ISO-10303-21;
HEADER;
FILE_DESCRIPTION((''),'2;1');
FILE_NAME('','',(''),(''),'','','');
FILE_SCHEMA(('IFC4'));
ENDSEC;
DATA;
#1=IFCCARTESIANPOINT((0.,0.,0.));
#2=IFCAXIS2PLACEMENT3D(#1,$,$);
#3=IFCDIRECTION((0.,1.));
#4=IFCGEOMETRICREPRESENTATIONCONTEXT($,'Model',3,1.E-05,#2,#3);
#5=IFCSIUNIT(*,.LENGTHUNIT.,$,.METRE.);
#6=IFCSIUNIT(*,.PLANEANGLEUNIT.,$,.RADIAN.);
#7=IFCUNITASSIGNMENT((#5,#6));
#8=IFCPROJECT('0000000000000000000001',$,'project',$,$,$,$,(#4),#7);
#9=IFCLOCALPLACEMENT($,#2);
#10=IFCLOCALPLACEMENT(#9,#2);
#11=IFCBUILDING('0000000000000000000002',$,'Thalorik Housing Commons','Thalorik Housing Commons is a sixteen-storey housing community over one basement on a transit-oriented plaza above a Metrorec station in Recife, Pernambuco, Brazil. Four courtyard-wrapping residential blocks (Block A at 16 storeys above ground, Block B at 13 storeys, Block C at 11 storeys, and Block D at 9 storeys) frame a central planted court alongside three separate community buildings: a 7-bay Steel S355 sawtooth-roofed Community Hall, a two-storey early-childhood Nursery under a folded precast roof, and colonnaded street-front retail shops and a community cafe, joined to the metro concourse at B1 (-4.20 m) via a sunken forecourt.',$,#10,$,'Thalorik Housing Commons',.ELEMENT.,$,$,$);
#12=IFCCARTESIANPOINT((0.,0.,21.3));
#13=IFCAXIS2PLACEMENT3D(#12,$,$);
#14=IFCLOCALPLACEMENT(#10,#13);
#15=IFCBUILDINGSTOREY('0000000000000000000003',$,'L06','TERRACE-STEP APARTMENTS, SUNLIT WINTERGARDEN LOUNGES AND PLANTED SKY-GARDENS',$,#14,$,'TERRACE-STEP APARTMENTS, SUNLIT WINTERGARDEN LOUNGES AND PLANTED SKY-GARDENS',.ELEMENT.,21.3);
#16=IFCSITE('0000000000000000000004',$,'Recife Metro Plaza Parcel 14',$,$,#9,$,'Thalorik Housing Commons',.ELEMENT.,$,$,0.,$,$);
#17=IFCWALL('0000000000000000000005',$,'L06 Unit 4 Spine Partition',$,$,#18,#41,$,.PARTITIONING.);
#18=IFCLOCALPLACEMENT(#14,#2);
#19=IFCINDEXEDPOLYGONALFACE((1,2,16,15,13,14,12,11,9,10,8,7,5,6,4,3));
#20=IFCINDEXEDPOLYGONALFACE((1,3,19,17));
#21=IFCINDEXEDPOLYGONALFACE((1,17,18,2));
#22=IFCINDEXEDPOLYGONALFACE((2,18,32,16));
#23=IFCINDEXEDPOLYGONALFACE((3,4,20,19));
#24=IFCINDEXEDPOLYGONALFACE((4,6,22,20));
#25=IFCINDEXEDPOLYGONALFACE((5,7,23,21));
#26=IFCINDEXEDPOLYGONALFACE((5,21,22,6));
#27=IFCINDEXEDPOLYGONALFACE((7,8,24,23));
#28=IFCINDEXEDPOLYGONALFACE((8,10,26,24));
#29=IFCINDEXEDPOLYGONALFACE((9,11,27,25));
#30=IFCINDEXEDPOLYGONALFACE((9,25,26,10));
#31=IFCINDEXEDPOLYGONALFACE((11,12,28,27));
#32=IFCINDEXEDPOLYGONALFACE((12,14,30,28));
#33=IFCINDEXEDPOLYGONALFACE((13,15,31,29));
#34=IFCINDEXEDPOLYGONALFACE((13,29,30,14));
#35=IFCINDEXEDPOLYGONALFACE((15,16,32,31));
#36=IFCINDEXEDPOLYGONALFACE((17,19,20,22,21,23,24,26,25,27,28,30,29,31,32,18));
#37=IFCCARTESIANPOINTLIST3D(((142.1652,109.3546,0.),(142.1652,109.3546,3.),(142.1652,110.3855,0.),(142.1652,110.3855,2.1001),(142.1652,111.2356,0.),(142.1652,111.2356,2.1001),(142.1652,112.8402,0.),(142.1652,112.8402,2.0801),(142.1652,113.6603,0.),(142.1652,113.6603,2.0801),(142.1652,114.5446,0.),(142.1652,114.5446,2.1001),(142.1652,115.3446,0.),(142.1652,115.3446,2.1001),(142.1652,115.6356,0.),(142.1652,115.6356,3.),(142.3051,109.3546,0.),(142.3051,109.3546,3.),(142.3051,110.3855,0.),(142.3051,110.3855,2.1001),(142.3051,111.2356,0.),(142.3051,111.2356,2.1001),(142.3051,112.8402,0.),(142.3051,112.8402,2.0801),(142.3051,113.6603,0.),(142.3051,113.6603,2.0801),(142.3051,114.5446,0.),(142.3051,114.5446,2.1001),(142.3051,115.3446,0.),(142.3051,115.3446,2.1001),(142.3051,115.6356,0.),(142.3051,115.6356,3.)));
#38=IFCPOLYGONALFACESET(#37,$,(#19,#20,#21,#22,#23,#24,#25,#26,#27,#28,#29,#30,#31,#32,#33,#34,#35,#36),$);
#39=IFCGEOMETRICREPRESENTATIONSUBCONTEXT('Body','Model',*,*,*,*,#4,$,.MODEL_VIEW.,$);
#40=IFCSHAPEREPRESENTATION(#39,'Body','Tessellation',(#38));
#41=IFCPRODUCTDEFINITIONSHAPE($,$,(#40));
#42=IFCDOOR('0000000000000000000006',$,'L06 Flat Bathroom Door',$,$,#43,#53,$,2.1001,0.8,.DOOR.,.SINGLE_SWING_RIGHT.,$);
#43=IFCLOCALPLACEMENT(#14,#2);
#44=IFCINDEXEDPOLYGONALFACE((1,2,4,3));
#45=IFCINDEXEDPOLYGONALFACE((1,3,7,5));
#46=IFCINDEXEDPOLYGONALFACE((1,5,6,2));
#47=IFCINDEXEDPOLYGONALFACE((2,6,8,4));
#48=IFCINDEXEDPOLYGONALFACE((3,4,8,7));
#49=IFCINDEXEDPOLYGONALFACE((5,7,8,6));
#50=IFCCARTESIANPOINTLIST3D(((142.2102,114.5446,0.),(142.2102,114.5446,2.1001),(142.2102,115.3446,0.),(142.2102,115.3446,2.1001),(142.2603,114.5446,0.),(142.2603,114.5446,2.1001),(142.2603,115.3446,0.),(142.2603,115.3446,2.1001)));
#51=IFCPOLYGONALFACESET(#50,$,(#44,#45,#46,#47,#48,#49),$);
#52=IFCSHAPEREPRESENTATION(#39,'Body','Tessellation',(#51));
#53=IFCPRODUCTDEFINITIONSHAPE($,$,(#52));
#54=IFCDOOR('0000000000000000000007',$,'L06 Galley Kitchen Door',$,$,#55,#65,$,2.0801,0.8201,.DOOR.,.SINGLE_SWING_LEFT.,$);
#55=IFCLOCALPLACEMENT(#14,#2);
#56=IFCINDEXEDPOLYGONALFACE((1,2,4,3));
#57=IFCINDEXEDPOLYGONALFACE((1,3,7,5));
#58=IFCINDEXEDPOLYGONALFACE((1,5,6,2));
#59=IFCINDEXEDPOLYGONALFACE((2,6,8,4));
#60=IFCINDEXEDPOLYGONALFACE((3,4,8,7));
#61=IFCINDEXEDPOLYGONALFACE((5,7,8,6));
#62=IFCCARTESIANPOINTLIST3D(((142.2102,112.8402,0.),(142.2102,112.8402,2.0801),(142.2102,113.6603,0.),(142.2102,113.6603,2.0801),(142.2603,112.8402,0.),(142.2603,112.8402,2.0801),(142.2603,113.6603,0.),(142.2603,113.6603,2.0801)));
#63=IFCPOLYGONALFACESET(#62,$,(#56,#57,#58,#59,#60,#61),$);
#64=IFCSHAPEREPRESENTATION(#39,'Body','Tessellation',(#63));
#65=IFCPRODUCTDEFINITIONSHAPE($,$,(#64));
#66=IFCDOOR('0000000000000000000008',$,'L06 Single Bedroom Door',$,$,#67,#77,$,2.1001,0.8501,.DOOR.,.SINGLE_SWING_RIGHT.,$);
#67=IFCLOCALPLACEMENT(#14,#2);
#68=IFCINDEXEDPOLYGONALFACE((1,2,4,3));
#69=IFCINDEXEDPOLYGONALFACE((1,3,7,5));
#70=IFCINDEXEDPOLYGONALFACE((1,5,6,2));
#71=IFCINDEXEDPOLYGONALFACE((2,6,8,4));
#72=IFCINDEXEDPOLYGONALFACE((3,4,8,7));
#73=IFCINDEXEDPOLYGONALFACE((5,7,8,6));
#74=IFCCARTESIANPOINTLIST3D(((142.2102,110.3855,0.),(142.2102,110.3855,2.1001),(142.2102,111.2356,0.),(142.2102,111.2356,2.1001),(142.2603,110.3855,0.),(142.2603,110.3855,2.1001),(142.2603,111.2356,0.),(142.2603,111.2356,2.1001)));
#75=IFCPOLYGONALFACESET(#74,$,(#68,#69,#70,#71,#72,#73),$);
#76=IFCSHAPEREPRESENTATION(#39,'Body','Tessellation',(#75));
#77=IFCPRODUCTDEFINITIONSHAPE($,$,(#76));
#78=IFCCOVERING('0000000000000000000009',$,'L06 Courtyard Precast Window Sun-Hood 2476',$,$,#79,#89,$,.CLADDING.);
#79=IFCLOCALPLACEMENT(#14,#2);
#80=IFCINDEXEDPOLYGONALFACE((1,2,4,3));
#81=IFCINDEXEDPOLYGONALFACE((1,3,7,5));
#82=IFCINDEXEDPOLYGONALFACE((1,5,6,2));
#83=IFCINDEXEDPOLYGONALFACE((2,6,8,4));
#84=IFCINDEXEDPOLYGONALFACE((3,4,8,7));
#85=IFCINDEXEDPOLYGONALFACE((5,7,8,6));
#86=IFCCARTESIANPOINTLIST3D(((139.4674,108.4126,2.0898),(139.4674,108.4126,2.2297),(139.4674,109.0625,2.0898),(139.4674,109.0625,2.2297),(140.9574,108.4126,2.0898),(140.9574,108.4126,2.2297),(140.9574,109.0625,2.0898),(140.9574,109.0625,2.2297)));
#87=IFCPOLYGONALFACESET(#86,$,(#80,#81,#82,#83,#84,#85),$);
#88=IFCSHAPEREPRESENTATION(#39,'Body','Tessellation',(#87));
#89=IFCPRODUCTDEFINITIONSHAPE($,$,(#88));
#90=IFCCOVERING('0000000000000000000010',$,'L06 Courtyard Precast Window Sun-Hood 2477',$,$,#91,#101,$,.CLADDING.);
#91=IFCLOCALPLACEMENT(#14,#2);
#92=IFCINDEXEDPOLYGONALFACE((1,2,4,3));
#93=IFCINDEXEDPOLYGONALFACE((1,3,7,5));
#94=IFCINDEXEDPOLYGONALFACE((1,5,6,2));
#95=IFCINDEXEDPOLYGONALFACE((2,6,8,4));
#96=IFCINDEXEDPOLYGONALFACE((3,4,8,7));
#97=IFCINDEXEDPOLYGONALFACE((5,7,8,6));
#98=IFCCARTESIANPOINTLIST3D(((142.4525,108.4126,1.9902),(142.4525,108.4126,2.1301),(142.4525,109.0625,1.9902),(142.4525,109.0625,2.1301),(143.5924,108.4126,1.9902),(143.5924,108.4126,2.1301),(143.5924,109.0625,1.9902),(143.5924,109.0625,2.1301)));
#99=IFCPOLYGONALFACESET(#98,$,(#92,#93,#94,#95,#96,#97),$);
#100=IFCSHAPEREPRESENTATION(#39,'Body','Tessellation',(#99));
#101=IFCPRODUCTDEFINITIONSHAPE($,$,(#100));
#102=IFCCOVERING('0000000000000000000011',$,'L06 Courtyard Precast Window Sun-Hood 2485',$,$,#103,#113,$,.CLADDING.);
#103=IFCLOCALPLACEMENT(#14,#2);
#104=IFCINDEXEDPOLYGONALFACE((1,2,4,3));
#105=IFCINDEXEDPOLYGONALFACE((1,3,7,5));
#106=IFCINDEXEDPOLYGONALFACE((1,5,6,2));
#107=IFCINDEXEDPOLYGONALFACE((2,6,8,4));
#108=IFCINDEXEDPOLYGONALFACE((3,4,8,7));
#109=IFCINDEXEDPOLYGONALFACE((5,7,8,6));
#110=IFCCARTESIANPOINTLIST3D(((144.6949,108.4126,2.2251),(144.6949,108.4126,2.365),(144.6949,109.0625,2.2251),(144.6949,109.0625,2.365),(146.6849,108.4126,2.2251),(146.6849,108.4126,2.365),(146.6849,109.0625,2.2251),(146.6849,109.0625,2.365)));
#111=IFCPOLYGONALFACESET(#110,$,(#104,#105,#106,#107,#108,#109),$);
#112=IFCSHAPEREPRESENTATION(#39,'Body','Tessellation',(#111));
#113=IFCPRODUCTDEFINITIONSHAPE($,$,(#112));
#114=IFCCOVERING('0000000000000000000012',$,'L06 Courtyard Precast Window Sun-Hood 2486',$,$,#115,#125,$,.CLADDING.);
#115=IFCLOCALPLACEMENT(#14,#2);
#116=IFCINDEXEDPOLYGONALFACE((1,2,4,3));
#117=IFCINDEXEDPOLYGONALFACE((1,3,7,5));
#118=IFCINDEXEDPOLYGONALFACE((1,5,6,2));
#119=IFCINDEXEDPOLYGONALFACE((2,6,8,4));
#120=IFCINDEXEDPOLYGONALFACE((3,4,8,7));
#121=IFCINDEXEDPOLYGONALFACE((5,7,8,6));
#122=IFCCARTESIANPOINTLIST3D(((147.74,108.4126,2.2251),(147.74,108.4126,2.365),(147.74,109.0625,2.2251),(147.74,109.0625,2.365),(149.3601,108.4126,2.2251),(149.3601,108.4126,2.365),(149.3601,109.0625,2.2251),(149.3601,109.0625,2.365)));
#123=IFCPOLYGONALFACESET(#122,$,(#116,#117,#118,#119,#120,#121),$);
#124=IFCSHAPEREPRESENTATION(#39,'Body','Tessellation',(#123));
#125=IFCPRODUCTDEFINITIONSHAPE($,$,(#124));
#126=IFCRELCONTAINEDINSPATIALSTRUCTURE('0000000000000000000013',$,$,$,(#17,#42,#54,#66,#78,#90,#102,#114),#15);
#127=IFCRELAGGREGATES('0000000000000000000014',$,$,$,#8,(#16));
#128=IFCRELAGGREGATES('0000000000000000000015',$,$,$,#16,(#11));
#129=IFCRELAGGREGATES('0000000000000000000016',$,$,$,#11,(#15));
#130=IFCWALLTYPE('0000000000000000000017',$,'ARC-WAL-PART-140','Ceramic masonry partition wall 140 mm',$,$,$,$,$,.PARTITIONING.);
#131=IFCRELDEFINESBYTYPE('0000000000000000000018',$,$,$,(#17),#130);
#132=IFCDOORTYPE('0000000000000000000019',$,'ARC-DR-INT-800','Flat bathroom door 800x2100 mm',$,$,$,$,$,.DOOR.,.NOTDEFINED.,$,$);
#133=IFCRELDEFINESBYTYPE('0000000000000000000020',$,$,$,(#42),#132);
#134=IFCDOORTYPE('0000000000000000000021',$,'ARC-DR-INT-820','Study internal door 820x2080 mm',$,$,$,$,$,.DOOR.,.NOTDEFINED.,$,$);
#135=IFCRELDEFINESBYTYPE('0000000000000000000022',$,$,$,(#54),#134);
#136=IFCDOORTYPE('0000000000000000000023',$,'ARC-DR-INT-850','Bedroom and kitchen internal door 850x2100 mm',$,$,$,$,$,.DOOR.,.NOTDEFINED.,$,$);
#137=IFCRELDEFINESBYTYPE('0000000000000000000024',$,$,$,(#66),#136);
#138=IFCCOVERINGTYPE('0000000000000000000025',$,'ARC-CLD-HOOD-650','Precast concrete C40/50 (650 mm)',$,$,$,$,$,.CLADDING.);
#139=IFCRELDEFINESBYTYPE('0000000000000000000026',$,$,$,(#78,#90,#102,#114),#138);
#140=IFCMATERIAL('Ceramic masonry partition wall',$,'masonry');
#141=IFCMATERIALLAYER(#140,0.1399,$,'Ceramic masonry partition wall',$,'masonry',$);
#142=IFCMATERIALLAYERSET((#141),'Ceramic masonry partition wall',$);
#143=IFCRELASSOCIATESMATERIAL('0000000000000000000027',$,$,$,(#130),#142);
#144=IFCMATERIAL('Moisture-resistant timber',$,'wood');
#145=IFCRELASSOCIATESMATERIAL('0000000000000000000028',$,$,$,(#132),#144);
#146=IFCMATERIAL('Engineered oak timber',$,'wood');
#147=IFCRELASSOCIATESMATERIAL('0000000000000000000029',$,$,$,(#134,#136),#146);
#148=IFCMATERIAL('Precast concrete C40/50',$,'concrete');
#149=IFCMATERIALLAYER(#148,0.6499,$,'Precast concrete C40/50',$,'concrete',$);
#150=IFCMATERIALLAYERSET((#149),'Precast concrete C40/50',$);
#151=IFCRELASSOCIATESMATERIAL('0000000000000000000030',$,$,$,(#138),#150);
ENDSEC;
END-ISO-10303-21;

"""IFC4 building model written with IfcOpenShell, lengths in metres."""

from ifc_helpers import new_model, si_unit, direction, frame, frame_2d, origin, origin_2d, place, context, subcontext, project, spatial, rectangle, extrude, material, layer, layer_set, type_object, element, fill, save


model = new_model("IFC4")

# Units and contexts
model_context = context("Model", 3, precision=1e-05, world=origin(), true_north=direction((0.0, 1.0)))
body_context = subcontext(model_context, "Body", "Model", "MODEL_VIEW")
ifc_project = project(units=[si_unit("LENGTHUNIT", "METRE"), si_unit("PLANEANGLEUNIT", "RADIAN")], contexts=[model_context])

# Site, building, storey
site_placement = place(None, origin())
site = spatial("IfcSite", under=ifc_project, at=site_placement, Name="Recife Metro Plaza Parcel 14", LongName="Thalorik Housing Commons", CompositionType="ELEMENT", RefElevation=0.0)
building_placement = place(site_placement, origin())
building = spatial("IfcBuilding", under=site, at=building_placement, Name="Thalorik Housing Commons", Description="Thalorik Housing Commons is a sixteen-storey housing community over one basement on a transit-oriented plaza above a Metrorec station in Recife, Pernambuco, Brazil. Four courtyard-wrapping residential blocks (Block A at 16 storeys above ground, Block B at 13 storeys, Block C at 11 storeys, and Block D at 9 storeys) frame a central planted court alongside three separate community buildings: a 7-bay Steel S355 sawtooth-roofed Community Hall, a two-storey early-childhood Nursery under a folded precast roof, and colonnaded street-front retail shops and a community cafe, joined to the metro concourse at B1 (-4.20 m) via a sunken forecourt.", LongName="Thalorik Housing Commons", CompositionType="ELEMENT")
storey_placement = place(building_placement, frame((0.0, 0.0, 21.3)))
storey = spatial("IfcBuildingStorey", under=building, at=storey_placement, Name="L06", Description="TERRACE-STEP APARTMENTS, SUNLIT WINTERGARDEN LOUNGES AND PLANTED SKY-GARDENS", LongName="TERRACE-STEP APARTMENTS, SUNLIT WINTERGARDEN LOUNGES AND PLANTED SKY-GARDENS", CompositionType="ELEMENT", Elevation=21.3)

# Shared definitions
ifc_material_1 = material(Name="Precast concrete C40/50", Category="concrete")

# Wall, openings, doors
ifc_material_2 = material(Name="Ceramic masonry partition wall", Category="masonry")
ifc_layer_1 = layer(ifc_material_2, 0.1399, Name="Ceramic masonry partition wall", Category="masonry")
ifc_layer_set_1 = layer_set([ifc_layer_1], Name="Ceramic masonry partition wall")
wall_type_1 = type_object("IfcWallType", Name="ARC-WAL-PART-140", Description="Ceramic masonry partition wall 140 mm", PredefinedType="PARTITIONING", material=ifc_layer_set_1)
wall_1_placement = place(storey_placement, frame((142.2351, 109.3545, 0.0), z_axis=(0.0, 0.0, 1.0), x_axis=(0.0, 1.0, 0.0)))
wall_1 = element("IfcWall", 1, at=wall_1_placement, inside=storey, type_object=wall_type_1, Name="L06 Unit 4 Spine Partition", PredefinedType="PARTITIONING", context=body_context, shape_type="SweptSolid", body=[
    extrude(rectangle(XDim=6.281, YDim=0.1399, at=frame_2d((3.1406, 0.0))), origin(), (0.0, 0.0, 1.0), 3.0),
])
opening_1_placement = place(wall_1_placement, frame((1.031, 0.0, 0.0)))
opening_1 = element("IfcOpeningElement", 2, at=opening_1_placement, cuts=wall_1, PredefinedType="OPENING", context=body_context, shape_type="SweptSolid", body=[
    extrude(rectangle(XDim=0.8501, YDim=2.1001, at=frame_2d((0.425, 1.05))), frame((0.0, 0.0801, 0.0), z_axis=(0.0, -1.0, 0.0), x_axis=(1.0, 0.0, 0.0)), (0.0, 0.0, 1.0), 0.1599),
])
opening_2_placement = place(wall_1_placement, frame((3.4856, 0.0, 0.0)))
opening_2 = element("IfcOpeningElement", 3, at=opening_2_placement, cuts=wall_1, PredefinedType="OPENING", context=body_context, shape_type="SweptSolid", body=[
    extrude(rectangle(XDim=0.8201, YDim=2.0801, at=frame_2d((0.4102, 1.04))), frame((0.0, 0.0801, 0.0), z_axis=(0.0, -1.0, 0.0), x_axis=(1.0, 0.0, 0.0)), (0.0, 0.0, 1.0), 0.1599),
])
opening_3_placement = place(wall_1_placement, frame((5.1902, 0.0, 0.0)))
opening_3 = element("IfcOpeningElement", 4, at=opening_3_placement, cuts=wall_1, PredefinedType="OPENING", context=body_context, shape_type="SweptSolid", body=[
    extrude(rectangle(XDim=0.8, YDim=2.1001, at=frame_2d((0.3999, 1.05))), frame((0.0, 0.0801, 0.0), z_axis=(0.0, -1.0, 0.0), x_axis=(1.0, 0.0, 0.0)), (0.0, 0.0, 1.0), 0.1599),
])
ifc_material_3 = material(Name="Moisture-resistant timber", Category="wood")
door_type_1 = type_object("IfcDoorType", Name="ARC-DR-INT-800", Description="Flat bathroom door 800x2100 mm", OperationType="NOTDEFINED", PredefinedType="DOOR", material=ifc_material_3)
door_1_placement = place(opening_3_placement, origin())
door_1 = element("IfcDoor", 5, at=door_1_placement, inside=storey, type_object=door_type_1, Name="L06 Flat Bathroom Door", OperationType="SINGLE_SWING_RIGHT", OverallHeight=2.1001, OverallWidth=0.8, PredefinedType="DOOR", context=body_context, shape_type="SweptSolid", body=[
    extrude(rectangle(XDim=0.8, YDim=2.1001, at=frame_2d((0.3999, 1.05))), frame((0.0, 0.0249, 0.0), z_axis=(0.0, -1.0, 0.0), x_axis=(1.0, 0.0, 0.0)), (0.0, 0.0, 1.0), 0.05),
])
fill(opening_3, door_1)
ifc_material_4 = material(Name="Engineered oak timber", Category="wood")
door_type_2 = type_object("IfcDoorType", Name="ARC-DR-INT-820", Description="Study internal door 820x2080 mm", OperationType="NOTDEFINED", PredefinedType="DOOR", material=ifc_material_4)
door_2_placement = place(opening_2_placement, origin())
door_2 = element("IfcDoor", 6, at=door_2_placement, inside=storey, type_object=door_type_2, Name="L06 Galley Kitchen Door", OperationType="SINGLE_SWING_LEFT", OverallHeight=2.0801, OverallWidth=0.8201, PredefinedType="DOOR", context=body_context, shape_type="SweptSolid", body=[
    extrude(rectangle(XDim=0.8201, YDim=2.0801, at=frame_2d((0.4102, 1.04))), frame((0.0, 0.0249, 0.0), z_axis=(0.0, -1.0, 0.0), x_axis=(1.0, 0.0, 0.0)), (0.0, 0.0, 1.0), 0.05),
])
fill(opening_2, door_2)
door_type_3 = type_object("IfcDoorType", Name="ARC-DR-INT-850", Description="Bedroom and kitchen internal door 850x2100 mm", OperationType="NOTDEFINED", PredefinedType="DOOR", material=ifc_material_4)
door_3_placement = place(opening_1_placement, origin())
door_3 = element("IfcDoor", 7, at=door_3_placement, inside=storey, type_object=door_type_3, Name="L06 Single Bedroom Door", OperationType="SINGLE_SWING_RIGHT", OverallHeight=2.1001, OverallWidth=0.8501, PredefinedType="DOOR", context=body_context, shape_type="SweptSolid", body=[
    extrude(rectangle(XDim=0.8501, YDim=2.1001, at=frame_2d((0.425, 1.05))), frame((0.0, 0.0249, 0.0), z_axis=(0.0, -1.0, 0.0), x_axis=(1.0, 0.0, 0.0)), (0.0, 0.0, 1.0), 0.05),
])
fill(opening_1, door_3)

# Coverings
ifc_layer_2 = layer(ifc_material_1, 0.6499, Name="Precast concrete C40/50", Category="concrete")
ifc_layer_set_2 = layer_set([ifc_layer_2], Name="Precast concrete C40/50")
covering_type = type_object("IfcCoveringType", Name="ARC-CLD-HOOD-650", Description="Precast concrete C40/50 (650 mm)", PredefinedType="CLADDING", material=ifc_layer_set_2)
covering_1_placement = place(storey_placement, frame((140.2124, 108.7375, 2.0898), z_axis=(0.0, 0.0, 1.0), x_axis=(1.0, 0.0, 0.0)))
element("IfcCovering", 8, at=covering_1_placement, inside=storey, type_object=covering_type, Name="L06 Courtyard Precast Window Sun-Hood 2476", PredefinedType="CLADDING", context=body_context, shape_type="SweptSolid", body=[
    extrude(rectangle(XDim=1.49, YDim=0.6499, at=origin_2d()), origin(), (0.0, 0.0, 1.0), 0.1399),
])
covering_2_placement = place(storey_placement, frame((143.0225, 108.7375, 1.9902), z_axis=(0.0, 0.0, 1.0), x_axis=(1.0, 0.0, 0.0)))
element("IfcCovering", 9, at=covering_2_placement, inside=storey, type_object=covering_type, Name="L06 Courtyard Precast Window Sun-Hood 2477", PredefinedType="CLADDING", context=body_context, shape_type="SweptSolid", body=[
    extrude(rectangle(XDim=1.1399, YDim=0.6499, at=origin_2d()), origin(), (0.0, 0.0, 1.0), 0.1399),
])
covering_3_placement = place(storey_placement, frame((145.6899, 108.7375, 2.2251), z_axis=(0.0, 0.0, 1.0), x_axis=(1.0, 0.0, 0.0)))
element("IfcCovering", 10, at=covering_3_placement, inside=storey, type_object=covering_type, Name="L06 Courtyard Precast Window Sun-Hood 2485", PredefinedType="CLADDING", context=body_context, shape_type="SweptSolid", body=[
    extrude(rectangle(XDim=1.99, YDim=0.6499, at=origin_2d()), origin(), (0.0, 0.0, 1.0), 0.1399),
])
covering_4_placement = place(storey_placement, frame((148.55, 108.7375, 2.2251), z_axis=(0.0, 0.0, 1.0), x_axis=(1.0, 0.0, 0.0)))
element("IfcCovering", 11, at=covering_4_placement, inside=storey, type_object=covering_type, Name="L06 Courtyard Precast Window Sun-Hood 2486", PredefinedType="CLADDING", context=body_context, shape_type="SweptSolid", body=[
    extrude(rectangle(XDim=1.6201, YDim=0.6499, at=origin_2d()), origin(), (0.0, 0.0, 1.0), 0.1399),
])

save(model, "model.ifc")
